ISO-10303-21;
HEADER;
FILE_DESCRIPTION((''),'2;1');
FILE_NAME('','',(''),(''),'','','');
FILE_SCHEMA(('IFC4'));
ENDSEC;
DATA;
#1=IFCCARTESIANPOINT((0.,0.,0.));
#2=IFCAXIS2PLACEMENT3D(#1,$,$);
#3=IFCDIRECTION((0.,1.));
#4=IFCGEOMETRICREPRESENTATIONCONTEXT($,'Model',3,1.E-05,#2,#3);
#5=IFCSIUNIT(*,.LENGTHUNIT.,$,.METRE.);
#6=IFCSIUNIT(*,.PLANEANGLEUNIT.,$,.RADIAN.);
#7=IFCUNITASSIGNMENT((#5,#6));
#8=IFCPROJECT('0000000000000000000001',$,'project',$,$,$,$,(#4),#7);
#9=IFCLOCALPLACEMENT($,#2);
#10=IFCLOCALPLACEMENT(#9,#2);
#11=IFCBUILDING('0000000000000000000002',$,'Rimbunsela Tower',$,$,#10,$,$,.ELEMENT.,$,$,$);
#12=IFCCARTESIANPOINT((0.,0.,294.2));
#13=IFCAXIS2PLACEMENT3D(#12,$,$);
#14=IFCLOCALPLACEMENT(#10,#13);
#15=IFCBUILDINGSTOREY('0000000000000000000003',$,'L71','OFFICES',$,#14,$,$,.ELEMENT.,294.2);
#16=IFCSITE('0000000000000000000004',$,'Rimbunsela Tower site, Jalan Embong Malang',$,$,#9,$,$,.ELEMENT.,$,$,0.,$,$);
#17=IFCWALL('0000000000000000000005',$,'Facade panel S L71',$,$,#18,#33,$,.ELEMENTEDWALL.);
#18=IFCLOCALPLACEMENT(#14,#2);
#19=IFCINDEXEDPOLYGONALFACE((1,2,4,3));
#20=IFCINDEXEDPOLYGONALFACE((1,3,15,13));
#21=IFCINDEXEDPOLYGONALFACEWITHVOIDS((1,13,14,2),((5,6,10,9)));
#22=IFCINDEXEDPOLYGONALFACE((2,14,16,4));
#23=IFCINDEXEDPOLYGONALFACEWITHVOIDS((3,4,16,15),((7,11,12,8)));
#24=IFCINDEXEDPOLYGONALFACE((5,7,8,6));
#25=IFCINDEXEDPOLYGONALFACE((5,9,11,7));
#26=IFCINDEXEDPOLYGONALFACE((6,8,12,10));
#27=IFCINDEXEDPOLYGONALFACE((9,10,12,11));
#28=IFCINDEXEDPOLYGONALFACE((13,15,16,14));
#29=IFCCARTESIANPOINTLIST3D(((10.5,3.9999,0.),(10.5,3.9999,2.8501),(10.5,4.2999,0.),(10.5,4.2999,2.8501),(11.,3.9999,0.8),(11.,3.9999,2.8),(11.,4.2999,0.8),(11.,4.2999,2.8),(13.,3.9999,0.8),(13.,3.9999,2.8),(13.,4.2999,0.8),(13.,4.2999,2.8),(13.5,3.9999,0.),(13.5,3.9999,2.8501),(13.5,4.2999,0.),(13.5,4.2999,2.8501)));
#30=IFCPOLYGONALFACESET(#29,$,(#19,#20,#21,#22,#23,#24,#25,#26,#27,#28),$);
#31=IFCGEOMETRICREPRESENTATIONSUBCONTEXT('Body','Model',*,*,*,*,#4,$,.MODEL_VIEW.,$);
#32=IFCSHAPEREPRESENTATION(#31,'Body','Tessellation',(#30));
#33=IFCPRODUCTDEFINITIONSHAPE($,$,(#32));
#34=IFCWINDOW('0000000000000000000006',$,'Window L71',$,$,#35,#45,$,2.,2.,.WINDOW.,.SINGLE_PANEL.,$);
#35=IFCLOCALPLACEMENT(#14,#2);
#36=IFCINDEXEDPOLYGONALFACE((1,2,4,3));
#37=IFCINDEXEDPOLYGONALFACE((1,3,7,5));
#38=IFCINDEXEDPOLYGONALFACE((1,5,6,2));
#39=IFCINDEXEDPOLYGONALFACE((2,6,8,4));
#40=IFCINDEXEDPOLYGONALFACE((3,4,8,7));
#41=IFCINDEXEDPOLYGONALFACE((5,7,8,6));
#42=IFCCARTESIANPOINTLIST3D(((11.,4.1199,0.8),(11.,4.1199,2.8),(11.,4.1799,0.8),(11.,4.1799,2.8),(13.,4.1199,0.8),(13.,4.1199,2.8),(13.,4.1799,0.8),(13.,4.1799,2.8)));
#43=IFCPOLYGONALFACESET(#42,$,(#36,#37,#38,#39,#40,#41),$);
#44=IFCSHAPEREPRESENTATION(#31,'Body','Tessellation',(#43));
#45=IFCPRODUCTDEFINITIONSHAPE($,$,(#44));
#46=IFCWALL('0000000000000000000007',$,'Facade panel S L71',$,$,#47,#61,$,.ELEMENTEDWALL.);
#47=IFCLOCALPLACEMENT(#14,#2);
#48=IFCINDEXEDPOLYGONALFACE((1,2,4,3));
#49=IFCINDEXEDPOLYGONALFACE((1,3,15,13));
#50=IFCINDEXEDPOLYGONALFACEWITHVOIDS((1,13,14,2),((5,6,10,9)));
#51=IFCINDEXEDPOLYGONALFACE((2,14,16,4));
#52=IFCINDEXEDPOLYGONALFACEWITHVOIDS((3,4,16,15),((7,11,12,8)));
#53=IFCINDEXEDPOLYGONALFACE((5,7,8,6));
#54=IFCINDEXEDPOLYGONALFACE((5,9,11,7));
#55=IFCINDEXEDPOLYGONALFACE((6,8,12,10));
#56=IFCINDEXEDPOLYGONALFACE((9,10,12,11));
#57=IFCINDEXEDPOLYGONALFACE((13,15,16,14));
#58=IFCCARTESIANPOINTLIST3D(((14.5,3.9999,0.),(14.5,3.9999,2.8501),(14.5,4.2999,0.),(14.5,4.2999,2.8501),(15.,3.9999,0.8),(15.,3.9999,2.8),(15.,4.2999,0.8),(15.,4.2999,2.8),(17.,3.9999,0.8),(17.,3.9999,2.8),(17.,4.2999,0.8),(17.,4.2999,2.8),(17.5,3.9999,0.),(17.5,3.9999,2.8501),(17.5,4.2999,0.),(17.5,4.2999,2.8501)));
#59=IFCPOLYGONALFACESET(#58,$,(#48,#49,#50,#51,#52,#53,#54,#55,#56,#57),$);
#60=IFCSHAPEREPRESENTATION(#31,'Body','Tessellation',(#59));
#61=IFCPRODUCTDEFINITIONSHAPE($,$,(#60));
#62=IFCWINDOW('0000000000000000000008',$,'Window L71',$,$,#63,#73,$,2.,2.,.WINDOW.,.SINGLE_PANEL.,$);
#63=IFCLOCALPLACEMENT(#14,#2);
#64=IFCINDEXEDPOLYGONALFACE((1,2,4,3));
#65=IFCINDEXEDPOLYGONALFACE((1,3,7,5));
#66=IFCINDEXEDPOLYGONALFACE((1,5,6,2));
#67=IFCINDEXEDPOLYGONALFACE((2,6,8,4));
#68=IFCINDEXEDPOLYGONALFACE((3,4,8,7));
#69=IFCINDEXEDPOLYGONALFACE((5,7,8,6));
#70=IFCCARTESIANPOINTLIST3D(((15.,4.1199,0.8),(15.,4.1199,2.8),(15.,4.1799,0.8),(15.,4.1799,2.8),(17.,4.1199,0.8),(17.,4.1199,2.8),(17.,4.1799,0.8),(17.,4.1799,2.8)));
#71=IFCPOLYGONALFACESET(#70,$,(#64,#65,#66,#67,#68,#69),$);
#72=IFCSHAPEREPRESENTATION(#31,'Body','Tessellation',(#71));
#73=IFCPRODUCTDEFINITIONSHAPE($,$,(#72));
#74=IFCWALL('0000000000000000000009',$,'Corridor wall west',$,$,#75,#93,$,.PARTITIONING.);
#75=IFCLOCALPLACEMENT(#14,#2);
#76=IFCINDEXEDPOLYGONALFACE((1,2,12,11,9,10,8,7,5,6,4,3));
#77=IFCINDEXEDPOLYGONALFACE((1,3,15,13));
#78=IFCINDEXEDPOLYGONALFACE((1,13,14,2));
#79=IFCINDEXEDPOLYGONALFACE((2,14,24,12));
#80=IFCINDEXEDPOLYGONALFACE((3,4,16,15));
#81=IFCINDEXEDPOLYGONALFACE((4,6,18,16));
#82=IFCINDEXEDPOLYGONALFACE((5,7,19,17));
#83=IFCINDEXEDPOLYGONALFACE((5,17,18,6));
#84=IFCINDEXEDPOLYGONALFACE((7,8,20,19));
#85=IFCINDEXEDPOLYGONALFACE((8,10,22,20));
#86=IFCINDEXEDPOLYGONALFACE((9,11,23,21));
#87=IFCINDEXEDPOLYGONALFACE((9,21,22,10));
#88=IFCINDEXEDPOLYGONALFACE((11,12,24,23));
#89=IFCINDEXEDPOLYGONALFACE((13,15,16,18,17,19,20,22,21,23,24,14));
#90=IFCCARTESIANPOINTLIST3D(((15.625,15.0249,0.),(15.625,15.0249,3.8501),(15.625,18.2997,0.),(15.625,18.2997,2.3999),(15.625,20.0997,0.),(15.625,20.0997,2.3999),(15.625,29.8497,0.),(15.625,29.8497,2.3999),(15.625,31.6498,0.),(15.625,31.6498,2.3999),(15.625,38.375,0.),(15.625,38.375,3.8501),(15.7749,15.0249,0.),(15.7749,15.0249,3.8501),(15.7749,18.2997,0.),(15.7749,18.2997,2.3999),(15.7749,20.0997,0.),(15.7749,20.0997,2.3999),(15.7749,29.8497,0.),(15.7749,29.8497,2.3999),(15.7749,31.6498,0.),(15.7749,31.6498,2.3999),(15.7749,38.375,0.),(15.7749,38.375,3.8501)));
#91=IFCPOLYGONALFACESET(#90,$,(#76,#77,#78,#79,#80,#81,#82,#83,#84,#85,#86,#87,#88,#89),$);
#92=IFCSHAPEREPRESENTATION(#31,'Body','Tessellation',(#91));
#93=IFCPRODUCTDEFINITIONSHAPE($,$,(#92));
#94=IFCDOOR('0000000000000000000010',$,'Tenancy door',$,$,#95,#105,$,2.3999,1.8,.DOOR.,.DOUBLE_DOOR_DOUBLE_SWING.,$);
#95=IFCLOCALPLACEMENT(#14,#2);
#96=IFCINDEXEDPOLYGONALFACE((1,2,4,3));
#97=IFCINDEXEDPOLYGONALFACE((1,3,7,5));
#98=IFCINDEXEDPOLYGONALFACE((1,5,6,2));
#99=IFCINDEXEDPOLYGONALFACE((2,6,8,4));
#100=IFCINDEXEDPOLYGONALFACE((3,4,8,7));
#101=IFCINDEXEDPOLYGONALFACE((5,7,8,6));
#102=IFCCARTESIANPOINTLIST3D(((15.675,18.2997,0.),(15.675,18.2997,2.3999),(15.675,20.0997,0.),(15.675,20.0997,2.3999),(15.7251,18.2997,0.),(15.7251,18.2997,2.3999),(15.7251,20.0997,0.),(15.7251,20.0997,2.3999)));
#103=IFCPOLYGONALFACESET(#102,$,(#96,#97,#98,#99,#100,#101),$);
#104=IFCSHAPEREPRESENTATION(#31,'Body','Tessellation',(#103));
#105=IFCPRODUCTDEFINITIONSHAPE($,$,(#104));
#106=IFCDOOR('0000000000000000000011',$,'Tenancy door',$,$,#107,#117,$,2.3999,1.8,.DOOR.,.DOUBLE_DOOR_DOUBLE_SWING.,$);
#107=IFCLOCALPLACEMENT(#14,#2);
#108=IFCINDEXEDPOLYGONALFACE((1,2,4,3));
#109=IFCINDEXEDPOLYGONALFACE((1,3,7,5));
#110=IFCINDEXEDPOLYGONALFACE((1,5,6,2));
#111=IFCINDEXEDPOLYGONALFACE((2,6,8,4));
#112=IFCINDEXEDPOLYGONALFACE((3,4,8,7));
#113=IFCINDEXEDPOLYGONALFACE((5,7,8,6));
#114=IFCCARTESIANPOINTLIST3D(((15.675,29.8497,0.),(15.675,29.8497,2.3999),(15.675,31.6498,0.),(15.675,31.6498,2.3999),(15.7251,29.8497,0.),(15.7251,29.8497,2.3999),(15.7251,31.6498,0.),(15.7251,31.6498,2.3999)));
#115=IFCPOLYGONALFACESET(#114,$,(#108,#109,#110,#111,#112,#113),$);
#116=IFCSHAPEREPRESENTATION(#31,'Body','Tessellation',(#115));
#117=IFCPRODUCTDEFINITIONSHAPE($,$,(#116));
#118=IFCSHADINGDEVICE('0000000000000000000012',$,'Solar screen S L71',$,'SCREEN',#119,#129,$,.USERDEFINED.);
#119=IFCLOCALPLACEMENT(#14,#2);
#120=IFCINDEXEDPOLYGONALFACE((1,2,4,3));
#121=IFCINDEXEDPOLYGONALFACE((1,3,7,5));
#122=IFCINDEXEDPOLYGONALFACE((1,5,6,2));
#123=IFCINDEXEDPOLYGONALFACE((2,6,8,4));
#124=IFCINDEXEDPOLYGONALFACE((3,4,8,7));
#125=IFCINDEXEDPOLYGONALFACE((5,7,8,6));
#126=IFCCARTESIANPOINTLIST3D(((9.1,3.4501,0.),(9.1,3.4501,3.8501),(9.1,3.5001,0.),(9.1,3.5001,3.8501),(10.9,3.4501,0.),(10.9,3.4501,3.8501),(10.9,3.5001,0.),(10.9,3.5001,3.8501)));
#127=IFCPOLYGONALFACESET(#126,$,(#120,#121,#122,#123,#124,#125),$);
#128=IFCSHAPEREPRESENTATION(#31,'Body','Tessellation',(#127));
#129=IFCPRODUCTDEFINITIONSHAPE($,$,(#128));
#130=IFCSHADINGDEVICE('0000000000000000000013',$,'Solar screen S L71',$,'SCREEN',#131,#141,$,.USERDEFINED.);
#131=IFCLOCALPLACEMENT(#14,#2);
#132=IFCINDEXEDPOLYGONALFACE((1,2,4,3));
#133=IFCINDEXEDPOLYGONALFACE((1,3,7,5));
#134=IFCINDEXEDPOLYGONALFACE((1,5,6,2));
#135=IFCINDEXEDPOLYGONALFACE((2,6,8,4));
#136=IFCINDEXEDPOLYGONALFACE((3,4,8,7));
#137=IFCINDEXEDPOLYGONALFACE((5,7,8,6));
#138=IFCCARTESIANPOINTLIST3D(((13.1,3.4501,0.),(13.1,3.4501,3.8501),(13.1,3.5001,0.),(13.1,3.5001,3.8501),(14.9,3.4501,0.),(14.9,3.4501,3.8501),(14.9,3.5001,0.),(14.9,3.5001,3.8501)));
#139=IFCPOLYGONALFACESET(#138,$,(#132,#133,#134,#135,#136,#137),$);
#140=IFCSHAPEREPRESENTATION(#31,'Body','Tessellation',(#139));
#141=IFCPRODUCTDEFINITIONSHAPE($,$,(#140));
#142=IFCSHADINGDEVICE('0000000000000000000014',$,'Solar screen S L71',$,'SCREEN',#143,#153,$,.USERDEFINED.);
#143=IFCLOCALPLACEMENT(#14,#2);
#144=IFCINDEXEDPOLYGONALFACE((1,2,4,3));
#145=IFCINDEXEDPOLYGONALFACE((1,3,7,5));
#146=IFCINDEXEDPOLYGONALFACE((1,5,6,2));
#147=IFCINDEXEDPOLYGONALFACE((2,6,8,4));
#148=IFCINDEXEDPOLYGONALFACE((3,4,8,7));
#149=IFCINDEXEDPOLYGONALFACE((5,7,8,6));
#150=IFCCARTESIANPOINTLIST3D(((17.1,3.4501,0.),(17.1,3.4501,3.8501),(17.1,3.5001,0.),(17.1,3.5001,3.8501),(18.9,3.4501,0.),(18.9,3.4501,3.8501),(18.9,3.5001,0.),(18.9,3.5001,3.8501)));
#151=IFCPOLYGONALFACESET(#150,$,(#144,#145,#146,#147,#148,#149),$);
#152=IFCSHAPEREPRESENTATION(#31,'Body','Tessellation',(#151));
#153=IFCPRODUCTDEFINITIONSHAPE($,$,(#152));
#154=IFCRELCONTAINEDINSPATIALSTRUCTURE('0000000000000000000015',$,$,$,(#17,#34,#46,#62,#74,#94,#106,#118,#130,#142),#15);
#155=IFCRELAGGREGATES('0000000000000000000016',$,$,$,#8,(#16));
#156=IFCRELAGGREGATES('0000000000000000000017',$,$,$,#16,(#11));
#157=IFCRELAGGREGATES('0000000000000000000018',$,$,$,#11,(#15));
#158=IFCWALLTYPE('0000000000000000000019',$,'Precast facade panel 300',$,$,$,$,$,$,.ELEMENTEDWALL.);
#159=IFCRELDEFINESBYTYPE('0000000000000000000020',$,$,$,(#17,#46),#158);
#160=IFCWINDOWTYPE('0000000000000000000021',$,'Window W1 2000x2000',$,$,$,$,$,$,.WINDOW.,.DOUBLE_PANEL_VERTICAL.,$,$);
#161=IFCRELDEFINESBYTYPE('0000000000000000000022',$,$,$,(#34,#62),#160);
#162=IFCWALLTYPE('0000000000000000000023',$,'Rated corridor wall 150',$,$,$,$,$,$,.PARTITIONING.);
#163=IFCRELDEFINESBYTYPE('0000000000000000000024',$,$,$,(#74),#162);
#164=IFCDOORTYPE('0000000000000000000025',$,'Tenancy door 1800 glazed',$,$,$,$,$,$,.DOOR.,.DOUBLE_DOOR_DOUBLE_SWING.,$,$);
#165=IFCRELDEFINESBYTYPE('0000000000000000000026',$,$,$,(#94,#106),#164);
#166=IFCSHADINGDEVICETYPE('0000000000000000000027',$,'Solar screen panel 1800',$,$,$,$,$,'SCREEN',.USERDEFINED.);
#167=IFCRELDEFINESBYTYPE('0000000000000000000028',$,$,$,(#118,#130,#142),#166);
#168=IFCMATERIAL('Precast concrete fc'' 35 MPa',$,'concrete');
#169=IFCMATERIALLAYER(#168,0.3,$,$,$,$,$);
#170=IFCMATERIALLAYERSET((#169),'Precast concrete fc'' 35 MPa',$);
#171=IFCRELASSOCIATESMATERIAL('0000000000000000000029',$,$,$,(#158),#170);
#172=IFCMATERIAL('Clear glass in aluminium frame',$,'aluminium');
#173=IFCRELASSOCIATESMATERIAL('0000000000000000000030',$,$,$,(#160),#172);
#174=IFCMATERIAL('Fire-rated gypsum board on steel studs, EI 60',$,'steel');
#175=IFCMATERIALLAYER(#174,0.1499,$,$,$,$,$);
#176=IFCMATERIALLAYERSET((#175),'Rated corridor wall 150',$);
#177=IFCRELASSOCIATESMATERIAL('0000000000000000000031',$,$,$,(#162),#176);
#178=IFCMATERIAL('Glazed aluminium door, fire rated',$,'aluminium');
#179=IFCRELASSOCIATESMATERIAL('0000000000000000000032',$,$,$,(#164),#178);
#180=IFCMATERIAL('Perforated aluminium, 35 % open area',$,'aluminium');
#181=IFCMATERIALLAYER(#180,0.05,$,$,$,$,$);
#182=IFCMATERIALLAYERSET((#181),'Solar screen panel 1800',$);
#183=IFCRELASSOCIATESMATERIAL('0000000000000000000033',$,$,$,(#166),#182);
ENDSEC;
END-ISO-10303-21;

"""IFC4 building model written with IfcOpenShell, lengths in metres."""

from ifc_helpers import new_model, si_unit, direction, frame, frame_2d, origin, origin_2d, place, context, subcontext, project, spatial, rectangle, extrude, material, layer, layer_set, type_object, element, fill, save


model = new_model("IFC4")

# Units and contexts
model_context = context("Model", 3, precision=1e-05, world=origin(), true_north=direction((0.0, 1.0)))
body_context = subcontext(model_context, "Body", "Model", "MODEL_VIEW")
ifc_project = project(units=[si_unit("LENGTHUNIT", "METRE"), si_unit("PLANEANGLEUNIT", "RADIAN")], contexts=[model_context])

# Site, building, storey
site_placement = place(None, origin())
site = spatial("IfcSite", under=ifc_project, at=site_placement, Name="Rimbunsela Tower site, Jalan Embong Malang", CompositionType="ELEMENT", RefElevation=0.0)
building_placement = place(site_placement, origin())
building = spatial("IfcBuilding", under=site, at=building_placement, Name="Rimbunsela Tower", CompositionType="ELEMENT")
storey_placement = place(building_placement, frame((0.0, 0.0, 294.2)))
storey = spatial("IfcBuildingStorey", under=building, at=storey_placement, Name="L71", Description="OFFICES", CompositionType="ELEMENT", Elevation=294.2)

# Shared definitions
ifc_material_1 = material(Name="Precast concrete fc' 35 MPa", Category="concrete")
ifc_layer_1 = layer(ifc_material_1, 0.3)
ifc_layer_set_1 = layer_set([ifc_layer_1], Name="Precast concrete fc' 35 MPa")
wall_type_1 = type_object("IfcWallType", Name="Precast facade panel 300", PredefinedType="ELEMENTEDWALL", material=ifc_layer_set_1)

# Walls, openings, windows
wall_1_placement = place(storey_placement, frame((10.5, 4.1499, 0.0), z_axis=(0.0, 0.0, 1.0), x_axis=(1.0, 0.0, 0.0)))
wall_1 = element("IfcWall", 1, at=wall_1_placement, inside=storey, type_object=wall_type_1, Name="Facade panel S L71", PredefinedType="ELEMENTEDWALL", context=body_context, shape_type="SweptSolid", body=[
    extrude(rectangle(XDim=3.0, YDim=0.3, at=frame_2d((1.5, 0.0))), origin(), (0.0, 0.0, 1.0), 2.8501),
])
opening_1_placement = place(wall_1_placement, frame((0.5, 0.0, 0.8)))
opening_1 = element("IfcOpeningElement", 2, at=opening_1_placement, cuts=wall_1, PredefinedType="OPENING", context=body_context, shape_type="SweptSolid", body=[
    extrude(rectangle(XDim=2.0, YDim=2.0, at=frame_2d((1.0, 1.0))), frame((0.0, 0.1599, 0.0), z_axis=(0.0, -1.0, 0.0), x_axis=(1.0, 0.0, 0.0)), (0.0, 0.0, 1.0), 0.3201),
])
ifc_material_2 = material(Name="Clear glass in aluminium frame", Category="aluminium")
window_type = type_object("IfcWindowType", Name="Window W1 2000x2000", PartitioningType="DOUBLE_PANEL_VERTICAL", PredefinedType="WINDOW", material=ifc_material_2)
window_1_placement = place(opening_1_placement, origin())
window_1 = element("IfcWindow", 3, at=window_1_placement, inside=storey, type_object=window_type, Name="Window L71", OverallHeight=2.0, OverallWidth=2.0, PartitioningType="SINGLE_PANEL", PredefinedType="WINDOW", context=body_context, shape_type="SweptSolid", body=[
    extrude(rectangle(XDim=2.0, YDim=2.0, at=frame_2d((1.0, 1.0))), frame((0.0, 0.03, 0.0), z_axis=(0.0, -1.0, 0.0), x_axis=(1.0, 0.0, 0.0)), (0.0, 0.0, 1.0), 0.0601),
])
fill(opening_1, window_1)
wall_2_placement = place(storey_placement, frame((14.5, 4.1499, 0.0), z_axis=(0.0, 0.0, 1.0), x_axis=(1.0, 0.0, 0.0)))
wall_2 = element("IfcWall", 4, at=wall_2_placement, inside=storey, type_object=wall_type_1, Name="Facade panel S L71", PredefinedType="ELEMENTEDWALL", context=body_context, shape_type="SweptSolid", body=[
    extrude(rectangle(XDim=3.0, YDim=0.3, at=frame_2d((1.5, 0.0))), origin(), (0.0, 0.0, 1.0), 2.8501),
])
opening_2_placement = place(wall_2_placement, frame((0.5, 0.0, 0.8)))
opening_2 = element("IfcOpeningElement", 5, at=opening_2_placement, cuts=wall_2, PredefinedType="OPENING", context=body_context, shape_type="SweptSolid", body=[
    extrude(rectangle(XDim=2.0, YDim=2.0, at=frame_2d((1.0, 1.0))), frame((0.0, 0.1599, 0.0), z_axis=(0.0, -1.0, 0.0), x_axis=(1.0, 0.0, 0.0)), (0.0, 0.0, 1.0), 0.3201),
])
window_2_placement = place(opening_2_placement, origin())
window_2 = element("IfcWindow", 6, at=window_2_placement, inside=storey, type_object=window_type, Name="Window L71", OverallHeight=2.0, OverallWidth=2.0, PartitioningType="SINGLE_PANEL", PredefinedType="WINDOW", context=body_context, shape_type="SweptSolid", body=[
    extrude(rectangle(XDim=2.0, YDim=2.0, at=frame_2d((1.0, 1.0))), frame((0.0, 0.03, 0.0), z_axis=(0.0, -1.0, 0.0), x_axis=(1.0, 0.0, 0.0)), (0.0, 0.0, 1.0), 0.0601),
])
fill(opening_2, window_2)

# Wall, openings, doors
ifc_material_3 = material(Name="Fire-rated gypsum board on steel studs, EI 60", Category="steel")
ifc_layer_2 = layer(ifc_material_3, 0.1499)
ifc_layer_set_2 = layer_set([ifc_layer_2], Name="Rated corridor wall 150")
wall_type_2 = type_object("IfcWallType", Name="Rated corridor wall 150", PredefinedType="PARTITIONING", material=ifc_layer_set_2)
wall_3_placement = place(storey_placement, frame((15.7, 15.0249, 0.0), z_axis=(0.0, 0.0, 1.0), x_axis=(0.0, 1.0, 0.0)))
wall_3 = element("IfcWall", 7, at=wall_3_placement, inside=storey, type_object=wall_type_2, Name="Corridor wall west", PredefinedType="PARTITIONING", context=body_context, shape_type="SweptSolid", body=[
    extrude(rectangle(XDim=23.3501, YDim=0.1499, at=frame_2d((11.675, 0.0))), origin(), (0.0, 0.0, 1.0), 3.8501),
])
opening_3_placement = place(wall_3_placement, frame((3.2749, 0.0, 0.0)))
opening_3 = element("IfcOpeningElement", 8, at=opening_3_placement, cuts=wall_3, PredefinedType="OPENING", context=body_context, shape_type="SweptSolid", body=[
    extrude(rectangle(XDim=1.8, YDim=2.3999, at=frame_2d((0.8999, 1.2))), frame((0.0, 0.085, 0.0), z_axis=(0.0, -1.0, 0.0), x_axis=(1.0, 0.0, 0.0)), (0.0, 0.0, 1.0), 0.1699),
])
opening_4_placement = place(wall_3_placement, frame((14.825, 0.0, 0.0)))
opening_4 = element("IfcOpeningElement", 9, at=opening_4_placement, cuts=wall_3, PredefinedType="OPENING", context=body_context, shape_type="SweptSolid", body=[
    extrude(rectangle(XDim=1.8, YDim=2.3999, at=frame_2d((0.8999, 1.2))), frame((0.0, 0.085, 0.0), z_axis=(0.0, -1.0, 0.0), x_axis=(1.0, 0.0, 0.0)), (0.0, 0.0, 1.0), 0.1699),
])
ifc_material_4 = material(Name="Glazed aluminium door, fire rated", Category="aluminium")
door_type_1 = type_object("IfcDoorType", Name="Tenancy door 1800 glazed", OperationType="DOUBLE_DOOR_DOUBLE_SWING", PredefinedType="DOOR", material=ifc_material_4)
door_1_placement = place(opening_3_placement, origin())
door_1 = element("IfcDoor", 10, at=door_1_placement, inside=storey, type_object=door_type_1, Name="Tenancy door", OperationType="DOUBLE_DOOR_DOUBLE_SWING", OverallHeight=2.3999, OverallWidth=1.8, PredefinedType="DOOR", context=body_context, shape_type="SweptSolid", body=[
    extrude(rectangle(XDim=1.8, YDim=2.3999, at=frame_2d((0.8999, 1.2))), frame((0.0, 0.0249, 0.0), z_axis=(0.0, -1.0, 0.0), x_axis=(1.0, 0.0, 0.0)), (0.0, 0.0, 1.0), 0.05),
])
fill(opening_3, door_1)
door_2_placement = place(opening_4_placement, origin())
door_2 = element("IfcDoor", 11, at=door_2_placement, inside=storey, type_object=door_type_1, Name="Tenancy door", OperationType="DOUBLE_DOOR_DOUBLE_SWING", OverallHeight=2.3999, OverallWidth=1.8, PredefinedType="DOOR", context=body_context, shape_type="SweptSolid", body=[
    extrude(rectangle(XDim=1.8, YDim=2.3999, at=frame_2d((0.8999, 1.2))), frame((0.0, 0.0249, 0.0), z_axis=(0.0, -1.0, 0.0), x_axis=(1.0, 0.0, 0.0)), (0.0, 0.0, 1.0), 0.05),
])
fill(opening_4, door_2)

# Shading devices
ifc_material_5 = material(Name="Perforated aluminium, 35 % open area", Category="aluminium")
ifc_layer_3 = layer(ifc_material_5, 0.05)
ifc_layer_set_3 = layer_set([ifc_layer_3], Name="Solar screen panel 1800")
shading_device_type = type_object("IfcShadingDeviceType", Name="Solar screen panel 1800", ElementType="SCREEN", PredefinedType="USERDEFINED", material=ifc_layer_set_3)
for number, where, z_axis, x_axis, name in (
    (12, (10.0, 3.4751, 0.0), (0.0, 0.0, 1.0), (1.0, 0.0, 0.0), "Solar screen S L71"),
    (13, (14.0, 3.4751, 0.0), (0.0, 0.0, 1.0), (1.0, 0.0, 0.0), "Solar screen S L71"),
    (14, (18.0, 3.4751, 0.0), (0.0, 0.0, 1.0), (1.0, 0.0, 0.0), "Solar screen S L71"),
):
    element("IfcShadingDevice", number, at=place(storey_placement, frame(where, z_axis=z_axis, x_axis=x_axis)), inside=storey, type_object=shading_device_type, Name=name, ObjectType="SCREEN", PredefinedType="USERDEFINED", context=body_context, shape_type="SweptSolid", body=[
        extrude(rectangle(XDim=1.8, YDim=0.05, at=origin_2d()), origin(), (0.0, 0.0, 1.0), 3.8501),
    ])

save(model, "model.ifc")
